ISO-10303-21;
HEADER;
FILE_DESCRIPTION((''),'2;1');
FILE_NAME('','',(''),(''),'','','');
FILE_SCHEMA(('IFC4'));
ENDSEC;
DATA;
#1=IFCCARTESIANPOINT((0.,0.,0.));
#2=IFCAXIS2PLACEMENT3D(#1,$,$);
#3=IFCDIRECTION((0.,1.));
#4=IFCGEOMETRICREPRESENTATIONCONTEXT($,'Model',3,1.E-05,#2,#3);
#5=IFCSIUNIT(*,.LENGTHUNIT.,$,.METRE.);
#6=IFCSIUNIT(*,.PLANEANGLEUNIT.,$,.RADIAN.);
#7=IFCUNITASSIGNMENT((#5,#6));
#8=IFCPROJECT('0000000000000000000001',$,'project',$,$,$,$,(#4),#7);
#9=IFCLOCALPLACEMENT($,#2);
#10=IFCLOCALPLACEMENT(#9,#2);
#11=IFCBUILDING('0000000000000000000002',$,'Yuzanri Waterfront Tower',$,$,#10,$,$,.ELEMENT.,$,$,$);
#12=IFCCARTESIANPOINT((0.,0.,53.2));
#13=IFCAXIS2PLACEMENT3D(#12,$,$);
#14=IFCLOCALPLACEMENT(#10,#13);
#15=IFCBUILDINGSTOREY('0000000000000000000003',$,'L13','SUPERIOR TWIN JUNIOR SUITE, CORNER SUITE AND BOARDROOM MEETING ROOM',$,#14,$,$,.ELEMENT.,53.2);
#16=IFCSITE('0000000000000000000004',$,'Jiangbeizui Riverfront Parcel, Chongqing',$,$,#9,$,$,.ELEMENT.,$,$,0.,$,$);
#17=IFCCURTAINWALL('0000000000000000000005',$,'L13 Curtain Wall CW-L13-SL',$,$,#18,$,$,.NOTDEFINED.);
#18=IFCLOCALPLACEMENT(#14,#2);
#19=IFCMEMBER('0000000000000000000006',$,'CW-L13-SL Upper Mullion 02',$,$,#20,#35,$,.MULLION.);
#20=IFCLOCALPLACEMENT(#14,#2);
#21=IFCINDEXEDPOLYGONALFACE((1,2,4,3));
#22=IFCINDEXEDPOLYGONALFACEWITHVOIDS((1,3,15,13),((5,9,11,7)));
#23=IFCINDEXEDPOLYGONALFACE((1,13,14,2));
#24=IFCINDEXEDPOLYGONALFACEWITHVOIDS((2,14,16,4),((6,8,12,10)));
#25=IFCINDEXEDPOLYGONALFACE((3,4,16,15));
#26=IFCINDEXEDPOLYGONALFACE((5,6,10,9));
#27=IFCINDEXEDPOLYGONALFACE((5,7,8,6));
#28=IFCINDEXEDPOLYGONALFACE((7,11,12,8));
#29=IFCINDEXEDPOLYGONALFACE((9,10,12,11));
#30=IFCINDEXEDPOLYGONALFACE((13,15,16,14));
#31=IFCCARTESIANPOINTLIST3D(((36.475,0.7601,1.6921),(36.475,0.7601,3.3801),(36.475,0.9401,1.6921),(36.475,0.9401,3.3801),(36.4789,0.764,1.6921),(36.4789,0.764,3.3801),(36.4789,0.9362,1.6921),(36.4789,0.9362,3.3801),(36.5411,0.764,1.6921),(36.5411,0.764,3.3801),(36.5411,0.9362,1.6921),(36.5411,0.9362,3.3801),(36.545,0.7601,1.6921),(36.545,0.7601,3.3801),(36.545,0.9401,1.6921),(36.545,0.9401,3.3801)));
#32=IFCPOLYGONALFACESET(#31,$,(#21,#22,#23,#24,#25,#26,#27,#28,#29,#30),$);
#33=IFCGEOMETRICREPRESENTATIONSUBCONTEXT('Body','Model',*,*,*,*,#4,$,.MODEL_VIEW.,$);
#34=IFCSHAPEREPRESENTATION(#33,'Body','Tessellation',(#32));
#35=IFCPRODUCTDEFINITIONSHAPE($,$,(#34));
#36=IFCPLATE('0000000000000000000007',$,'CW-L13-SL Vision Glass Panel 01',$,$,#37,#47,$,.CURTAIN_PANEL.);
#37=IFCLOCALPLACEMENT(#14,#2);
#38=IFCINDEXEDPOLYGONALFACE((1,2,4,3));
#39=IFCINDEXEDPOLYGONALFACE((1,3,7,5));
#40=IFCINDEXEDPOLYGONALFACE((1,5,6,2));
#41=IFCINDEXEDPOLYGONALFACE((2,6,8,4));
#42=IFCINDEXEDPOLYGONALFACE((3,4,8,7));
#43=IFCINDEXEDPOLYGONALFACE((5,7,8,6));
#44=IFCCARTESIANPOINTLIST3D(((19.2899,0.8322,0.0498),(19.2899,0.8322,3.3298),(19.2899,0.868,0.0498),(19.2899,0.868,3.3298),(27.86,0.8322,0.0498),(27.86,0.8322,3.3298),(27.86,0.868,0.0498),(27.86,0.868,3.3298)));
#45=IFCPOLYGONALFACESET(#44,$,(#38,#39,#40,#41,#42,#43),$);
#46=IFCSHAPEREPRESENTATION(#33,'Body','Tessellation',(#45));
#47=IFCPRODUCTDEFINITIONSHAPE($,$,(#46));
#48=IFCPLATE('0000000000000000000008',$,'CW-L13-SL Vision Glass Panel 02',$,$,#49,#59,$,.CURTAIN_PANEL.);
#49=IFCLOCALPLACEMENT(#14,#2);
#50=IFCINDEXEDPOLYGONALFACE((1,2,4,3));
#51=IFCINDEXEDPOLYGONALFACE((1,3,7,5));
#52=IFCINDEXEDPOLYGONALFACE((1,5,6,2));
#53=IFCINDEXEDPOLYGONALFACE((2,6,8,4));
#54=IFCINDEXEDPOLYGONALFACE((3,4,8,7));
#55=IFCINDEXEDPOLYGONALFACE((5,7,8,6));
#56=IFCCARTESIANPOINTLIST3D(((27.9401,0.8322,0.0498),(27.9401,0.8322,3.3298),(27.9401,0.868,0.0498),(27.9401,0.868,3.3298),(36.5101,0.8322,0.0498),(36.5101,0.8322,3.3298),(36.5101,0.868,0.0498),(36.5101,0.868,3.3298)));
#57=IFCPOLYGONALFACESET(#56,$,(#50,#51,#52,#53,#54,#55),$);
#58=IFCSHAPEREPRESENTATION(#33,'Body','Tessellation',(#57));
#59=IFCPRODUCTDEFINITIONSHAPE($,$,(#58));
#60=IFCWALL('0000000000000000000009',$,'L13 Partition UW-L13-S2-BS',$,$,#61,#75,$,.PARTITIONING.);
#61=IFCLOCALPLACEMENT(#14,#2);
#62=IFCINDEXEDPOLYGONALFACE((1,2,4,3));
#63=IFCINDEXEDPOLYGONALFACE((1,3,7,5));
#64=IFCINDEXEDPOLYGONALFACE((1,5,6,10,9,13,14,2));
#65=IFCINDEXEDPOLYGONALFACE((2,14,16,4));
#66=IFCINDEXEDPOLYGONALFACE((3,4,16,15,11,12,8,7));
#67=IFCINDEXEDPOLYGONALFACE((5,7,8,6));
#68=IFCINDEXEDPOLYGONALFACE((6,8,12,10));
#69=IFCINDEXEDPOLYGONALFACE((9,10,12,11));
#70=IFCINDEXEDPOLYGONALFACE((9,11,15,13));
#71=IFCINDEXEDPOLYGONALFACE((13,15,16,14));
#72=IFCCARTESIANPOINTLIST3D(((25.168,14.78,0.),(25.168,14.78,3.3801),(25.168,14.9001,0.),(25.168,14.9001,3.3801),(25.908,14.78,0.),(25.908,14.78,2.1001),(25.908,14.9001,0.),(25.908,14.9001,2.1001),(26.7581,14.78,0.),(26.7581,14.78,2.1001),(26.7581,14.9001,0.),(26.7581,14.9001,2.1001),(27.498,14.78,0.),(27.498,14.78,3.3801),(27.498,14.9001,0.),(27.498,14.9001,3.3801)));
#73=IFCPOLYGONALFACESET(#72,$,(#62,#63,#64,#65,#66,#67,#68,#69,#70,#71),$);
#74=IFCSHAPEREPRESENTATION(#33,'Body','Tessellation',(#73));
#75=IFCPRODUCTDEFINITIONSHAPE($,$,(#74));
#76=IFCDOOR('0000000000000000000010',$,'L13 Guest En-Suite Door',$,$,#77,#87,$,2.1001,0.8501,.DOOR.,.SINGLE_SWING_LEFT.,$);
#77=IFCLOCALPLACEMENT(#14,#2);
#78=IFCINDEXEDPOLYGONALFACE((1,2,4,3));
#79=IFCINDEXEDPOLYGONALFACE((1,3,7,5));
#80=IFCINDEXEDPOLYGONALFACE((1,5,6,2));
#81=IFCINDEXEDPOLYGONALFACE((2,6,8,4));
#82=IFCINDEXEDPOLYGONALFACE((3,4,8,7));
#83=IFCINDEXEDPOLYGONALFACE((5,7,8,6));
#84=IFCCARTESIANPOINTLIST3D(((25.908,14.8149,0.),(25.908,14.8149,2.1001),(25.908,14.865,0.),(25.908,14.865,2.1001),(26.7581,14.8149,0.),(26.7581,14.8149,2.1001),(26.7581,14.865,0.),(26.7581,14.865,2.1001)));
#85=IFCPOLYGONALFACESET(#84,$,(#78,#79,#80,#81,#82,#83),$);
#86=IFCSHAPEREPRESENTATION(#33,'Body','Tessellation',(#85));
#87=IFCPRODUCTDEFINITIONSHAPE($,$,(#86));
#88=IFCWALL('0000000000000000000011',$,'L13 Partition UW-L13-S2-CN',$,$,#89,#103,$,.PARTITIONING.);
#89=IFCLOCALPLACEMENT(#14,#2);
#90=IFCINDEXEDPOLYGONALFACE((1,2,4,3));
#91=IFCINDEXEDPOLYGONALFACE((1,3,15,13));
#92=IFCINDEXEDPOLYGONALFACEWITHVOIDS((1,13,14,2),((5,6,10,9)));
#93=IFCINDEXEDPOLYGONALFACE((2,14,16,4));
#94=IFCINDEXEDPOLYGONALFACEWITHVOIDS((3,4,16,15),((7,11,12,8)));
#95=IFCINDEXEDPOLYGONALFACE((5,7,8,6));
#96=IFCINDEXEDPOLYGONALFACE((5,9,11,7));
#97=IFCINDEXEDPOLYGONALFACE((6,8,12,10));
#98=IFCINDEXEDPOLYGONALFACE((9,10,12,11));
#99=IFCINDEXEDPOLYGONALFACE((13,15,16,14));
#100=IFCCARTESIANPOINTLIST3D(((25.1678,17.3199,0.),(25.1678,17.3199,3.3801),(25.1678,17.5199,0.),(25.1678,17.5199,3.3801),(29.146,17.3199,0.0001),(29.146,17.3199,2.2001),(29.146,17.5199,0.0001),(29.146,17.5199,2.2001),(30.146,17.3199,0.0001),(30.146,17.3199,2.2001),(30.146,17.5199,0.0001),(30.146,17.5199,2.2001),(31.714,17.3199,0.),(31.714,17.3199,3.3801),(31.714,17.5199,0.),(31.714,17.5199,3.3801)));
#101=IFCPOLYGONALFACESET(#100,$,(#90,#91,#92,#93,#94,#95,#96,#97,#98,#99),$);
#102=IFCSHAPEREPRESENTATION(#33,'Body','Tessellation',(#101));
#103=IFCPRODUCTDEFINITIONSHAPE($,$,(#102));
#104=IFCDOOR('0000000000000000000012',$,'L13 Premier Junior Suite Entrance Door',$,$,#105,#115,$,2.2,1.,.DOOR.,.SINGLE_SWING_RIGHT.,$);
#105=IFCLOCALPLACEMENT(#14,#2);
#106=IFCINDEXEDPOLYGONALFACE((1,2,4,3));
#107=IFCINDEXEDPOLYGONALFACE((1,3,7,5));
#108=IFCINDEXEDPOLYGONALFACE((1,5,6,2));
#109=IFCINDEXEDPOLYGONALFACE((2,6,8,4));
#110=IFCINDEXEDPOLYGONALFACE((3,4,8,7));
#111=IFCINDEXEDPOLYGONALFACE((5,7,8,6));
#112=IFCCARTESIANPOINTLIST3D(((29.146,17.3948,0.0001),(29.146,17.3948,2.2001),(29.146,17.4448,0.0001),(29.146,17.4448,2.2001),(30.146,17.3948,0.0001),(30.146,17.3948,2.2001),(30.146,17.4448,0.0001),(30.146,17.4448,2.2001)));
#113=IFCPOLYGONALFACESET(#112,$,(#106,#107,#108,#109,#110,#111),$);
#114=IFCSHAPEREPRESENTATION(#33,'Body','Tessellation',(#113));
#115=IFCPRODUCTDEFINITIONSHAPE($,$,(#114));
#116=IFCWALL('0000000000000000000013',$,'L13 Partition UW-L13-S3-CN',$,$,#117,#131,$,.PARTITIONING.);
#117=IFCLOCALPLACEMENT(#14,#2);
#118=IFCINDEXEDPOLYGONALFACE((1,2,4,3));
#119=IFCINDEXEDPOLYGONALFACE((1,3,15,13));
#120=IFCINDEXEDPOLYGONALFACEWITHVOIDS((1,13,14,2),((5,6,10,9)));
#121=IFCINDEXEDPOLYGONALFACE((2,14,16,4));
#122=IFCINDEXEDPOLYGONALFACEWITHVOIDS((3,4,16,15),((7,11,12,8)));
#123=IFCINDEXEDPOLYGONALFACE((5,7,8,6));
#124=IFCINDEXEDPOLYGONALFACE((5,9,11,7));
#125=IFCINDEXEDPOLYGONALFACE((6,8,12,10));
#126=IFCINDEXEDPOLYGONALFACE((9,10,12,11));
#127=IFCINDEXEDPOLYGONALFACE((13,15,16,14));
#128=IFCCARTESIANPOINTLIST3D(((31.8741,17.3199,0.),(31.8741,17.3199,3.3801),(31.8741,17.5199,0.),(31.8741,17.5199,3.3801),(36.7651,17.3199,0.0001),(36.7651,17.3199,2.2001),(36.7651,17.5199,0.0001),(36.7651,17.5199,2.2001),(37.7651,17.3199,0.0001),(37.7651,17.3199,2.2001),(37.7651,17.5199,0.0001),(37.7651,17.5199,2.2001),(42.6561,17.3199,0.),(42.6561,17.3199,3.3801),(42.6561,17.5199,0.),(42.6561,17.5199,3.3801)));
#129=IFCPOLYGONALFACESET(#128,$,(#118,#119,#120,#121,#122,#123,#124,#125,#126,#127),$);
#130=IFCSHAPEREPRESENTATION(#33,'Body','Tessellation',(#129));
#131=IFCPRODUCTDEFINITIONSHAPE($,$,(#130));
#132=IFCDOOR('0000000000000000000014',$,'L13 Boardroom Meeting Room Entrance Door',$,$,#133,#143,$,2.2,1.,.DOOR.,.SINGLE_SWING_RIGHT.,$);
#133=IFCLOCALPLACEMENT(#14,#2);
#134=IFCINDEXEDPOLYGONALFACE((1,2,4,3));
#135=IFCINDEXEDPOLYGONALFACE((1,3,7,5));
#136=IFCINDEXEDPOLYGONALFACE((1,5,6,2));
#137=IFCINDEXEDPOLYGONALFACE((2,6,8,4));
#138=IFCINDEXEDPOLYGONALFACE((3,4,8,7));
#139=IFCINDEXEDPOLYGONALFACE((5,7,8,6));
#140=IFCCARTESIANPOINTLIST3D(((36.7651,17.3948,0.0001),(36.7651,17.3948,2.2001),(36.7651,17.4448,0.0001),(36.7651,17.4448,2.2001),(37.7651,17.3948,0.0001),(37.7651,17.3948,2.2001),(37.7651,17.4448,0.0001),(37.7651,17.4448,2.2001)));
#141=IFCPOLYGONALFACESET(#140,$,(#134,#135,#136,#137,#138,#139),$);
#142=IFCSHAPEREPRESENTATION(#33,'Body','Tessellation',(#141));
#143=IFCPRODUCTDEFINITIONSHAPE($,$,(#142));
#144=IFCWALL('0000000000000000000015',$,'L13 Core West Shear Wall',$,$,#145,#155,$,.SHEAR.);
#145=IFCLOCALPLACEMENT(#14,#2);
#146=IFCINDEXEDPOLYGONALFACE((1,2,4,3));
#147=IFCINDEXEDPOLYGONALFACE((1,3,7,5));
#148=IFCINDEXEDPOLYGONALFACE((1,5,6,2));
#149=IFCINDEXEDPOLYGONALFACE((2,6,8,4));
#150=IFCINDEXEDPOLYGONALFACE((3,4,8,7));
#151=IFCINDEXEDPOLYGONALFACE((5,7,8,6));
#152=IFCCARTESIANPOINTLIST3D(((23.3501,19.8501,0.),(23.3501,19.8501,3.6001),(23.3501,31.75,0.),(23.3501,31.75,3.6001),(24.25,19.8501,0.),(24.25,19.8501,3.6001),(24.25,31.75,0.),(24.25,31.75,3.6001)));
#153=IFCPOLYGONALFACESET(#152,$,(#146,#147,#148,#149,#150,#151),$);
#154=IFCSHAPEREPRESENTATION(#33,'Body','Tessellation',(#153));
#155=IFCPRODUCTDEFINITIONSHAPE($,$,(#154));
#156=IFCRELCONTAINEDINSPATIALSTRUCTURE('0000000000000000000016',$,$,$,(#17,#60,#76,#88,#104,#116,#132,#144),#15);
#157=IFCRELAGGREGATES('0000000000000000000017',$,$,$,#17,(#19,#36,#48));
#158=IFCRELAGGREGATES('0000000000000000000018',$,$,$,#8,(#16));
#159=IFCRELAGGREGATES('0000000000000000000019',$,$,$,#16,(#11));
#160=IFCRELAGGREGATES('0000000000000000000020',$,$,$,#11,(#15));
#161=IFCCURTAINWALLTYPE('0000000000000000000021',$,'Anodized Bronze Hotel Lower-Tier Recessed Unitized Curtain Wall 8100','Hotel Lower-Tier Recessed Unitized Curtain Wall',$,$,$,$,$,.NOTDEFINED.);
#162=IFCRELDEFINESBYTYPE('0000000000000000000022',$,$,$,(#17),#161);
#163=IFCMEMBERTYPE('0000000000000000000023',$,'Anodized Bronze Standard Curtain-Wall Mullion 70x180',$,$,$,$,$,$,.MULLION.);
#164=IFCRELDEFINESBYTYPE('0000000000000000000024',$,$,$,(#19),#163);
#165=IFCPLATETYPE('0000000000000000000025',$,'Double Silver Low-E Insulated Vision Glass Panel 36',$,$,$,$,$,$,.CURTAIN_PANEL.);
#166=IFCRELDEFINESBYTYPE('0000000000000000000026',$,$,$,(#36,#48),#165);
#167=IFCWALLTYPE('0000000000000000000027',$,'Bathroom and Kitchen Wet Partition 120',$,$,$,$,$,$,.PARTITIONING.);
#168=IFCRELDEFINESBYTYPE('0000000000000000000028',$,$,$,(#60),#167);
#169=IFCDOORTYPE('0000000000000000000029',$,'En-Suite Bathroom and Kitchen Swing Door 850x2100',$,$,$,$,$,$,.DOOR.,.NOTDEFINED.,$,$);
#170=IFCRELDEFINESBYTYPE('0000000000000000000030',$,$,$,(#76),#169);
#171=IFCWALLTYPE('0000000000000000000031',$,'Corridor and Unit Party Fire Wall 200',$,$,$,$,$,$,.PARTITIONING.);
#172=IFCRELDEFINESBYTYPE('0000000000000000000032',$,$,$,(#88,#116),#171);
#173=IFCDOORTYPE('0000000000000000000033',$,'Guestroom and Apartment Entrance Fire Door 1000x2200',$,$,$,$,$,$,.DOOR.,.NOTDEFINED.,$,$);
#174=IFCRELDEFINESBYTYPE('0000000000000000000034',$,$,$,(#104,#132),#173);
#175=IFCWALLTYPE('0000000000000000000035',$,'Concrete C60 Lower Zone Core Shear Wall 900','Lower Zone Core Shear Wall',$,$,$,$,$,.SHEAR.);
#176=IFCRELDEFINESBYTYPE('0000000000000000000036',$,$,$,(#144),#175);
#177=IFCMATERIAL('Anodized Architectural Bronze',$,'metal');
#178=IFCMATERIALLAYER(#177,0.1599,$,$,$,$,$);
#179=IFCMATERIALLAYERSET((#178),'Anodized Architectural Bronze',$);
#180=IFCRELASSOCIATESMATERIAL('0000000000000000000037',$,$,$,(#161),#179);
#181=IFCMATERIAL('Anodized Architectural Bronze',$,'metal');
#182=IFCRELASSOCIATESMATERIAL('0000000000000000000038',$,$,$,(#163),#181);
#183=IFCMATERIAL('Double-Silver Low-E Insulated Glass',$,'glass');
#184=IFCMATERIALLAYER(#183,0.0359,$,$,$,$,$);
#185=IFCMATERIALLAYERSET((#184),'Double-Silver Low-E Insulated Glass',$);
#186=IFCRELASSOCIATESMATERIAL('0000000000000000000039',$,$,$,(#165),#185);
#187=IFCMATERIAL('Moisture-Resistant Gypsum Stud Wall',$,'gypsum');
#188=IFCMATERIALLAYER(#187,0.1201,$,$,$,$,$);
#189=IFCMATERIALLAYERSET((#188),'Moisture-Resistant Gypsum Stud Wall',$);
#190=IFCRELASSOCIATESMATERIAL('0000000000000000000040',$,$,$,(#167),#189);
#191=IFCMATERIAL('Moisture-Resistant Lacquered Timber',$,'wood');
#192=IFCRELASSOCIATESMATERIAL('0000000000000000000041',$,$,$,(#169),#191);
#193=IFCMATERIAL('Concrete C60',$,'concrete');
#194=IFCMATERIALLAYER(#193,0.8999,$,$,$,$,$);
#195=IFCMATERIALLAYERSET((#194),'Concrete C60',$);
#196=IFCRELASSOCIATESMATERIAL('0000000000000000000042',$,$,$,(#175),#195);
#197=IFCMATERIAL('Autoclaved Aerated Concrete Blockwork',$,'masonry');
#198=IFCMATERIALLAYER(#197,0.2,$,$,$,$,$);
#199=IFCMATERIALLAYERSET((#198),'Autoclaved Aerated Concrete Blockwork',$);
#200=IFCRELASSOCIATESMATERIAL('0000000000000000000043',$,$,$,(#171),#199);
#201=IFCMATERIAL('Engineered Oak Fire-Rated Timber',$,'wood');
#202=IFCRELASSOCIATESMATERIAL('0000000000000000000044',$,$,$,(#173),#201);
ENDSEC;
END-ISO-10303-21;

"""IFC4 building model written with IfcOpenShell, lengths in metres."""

from ifc_helpers import new_model, si_unit, direction, frame, frame_2d, origin, origin_2d, place, context, subcontext, project, spatial, rectangle, hollow_rectangle, extrude, source, transform, mapped, material, layer, layer_set, material_profile, profile_set, type_object, element, fill, aggregate, save


model = new_model("IFC4")

# Units and contexts
model_context = context("Model", 3, precision=1e-05, world=origin(), true_north=direction((0.0, 1.0)))
body_context = subcontext(model_context, "Body", "Model", "MODEL_VIEW")
ifc_project = project(units=[si_unit("LENGTHUNIT", "METRE"), si_unit("PLANEANGLEUNIT", "RADIAN")], contexts=[model_context])

# Site, building, storey
site_placement = place(None, origin())
site = spatial("IfcSite", under=ifc_project, at=site_placement, Name="Jiangbeizui Riverfront Parcel, Chongqing", CompositionType="ELEMENT", RefElevation=0.0)
building_placement = place(site_placement, origin())
building = spatial("IfcBuilding", under=site, at=building_placement, Name="Yuzanri Waterfront Tower", CompositionType="ELEMENT")
storey_placement = place(building_placement, frame((0.0, 0.0, 53.2)))
storey = spatial("IfcBuildingStorey", under=building, at=storey_placement, Name="L13", Description="SUPERIOR TWIN JUNIOR SUITE, CORNER SUITE AND BOARDROOM MEETING ROOM", CompositionType="ELEMENT", Elevation=53.2)

# Curtain wall, member, plates
ifc_material_1 = material(Name="Anodized Architectural Bronze", Category="metal")
ifc_layer_1 = layer(ifc_material_1, 0.1599)
ifc_layer_set_1 = layer_set([ifc_layer_1], Name="Anodized Architectural Bronze")
curtain_wall_type = type_object("IfcCurtainWallType", Name="Anodized Bronze Hotel Lower-Tier Recessed Unitized Curtain Wall 8100", Description="Hotel Lower-Tier Recessed Unitized Curtain Wall", PredefinedType="NOTDEFINED", material=ifc_layer_set_1)
curtain_wall_placement = place(storey_placement, origin())
curtain_wall = element("IfcCurtainWall", 1, at=curtain_wall_placement, inside=storey, type_object=curtain_wall_type, Name="L13 Curtain Wall CW-L13-SL", PredefinedType="NOTDEFINED")
ifc_material_2 = material(Name="Anodized Architectural Bronze", Category="metal")
ifc_material_profile_1 = material_profile(ifc_material_2, hollow_rectangle(XDim=0.0701, YDim=0.1799, WallThickness=0.0039, at=origin_2d()), Name="CWM 70x180")
ifc_profile_set_1 = profile_set([ifc_material_profile_1], Name="Anodized Architectural Bronze")
member_type = type_object("IfcMemberType", Name="Anodized Bronze Standard Curtain-Wall Mullion 70x180", PredefinedType="MULLION", material=ifc_profile_set_1)
shared_shape_1 = source(origin(), body_context, "Body", "SweptSolid", [
    extrude(hollow_rectangle(XDim=0.0701, YDim=0.1799, WallThickness=0.0039, at=origin_2d()), origin(), (0.0, 0.0, 1.0), 1.688),
])
member_1_placement = place(storey_placement, frame((36.51, 0.8501, 1.6921), z_axis=(0.0, 0.0, 1.0), x_axis=(1.0, 0.0, 0.0)))
member_1 = element("IfcMember", 2, at=member_1_placement, type_object=member_type, Name="CW-L13-SL Upper Mullion 02", PredefinedType="MULLION", context=body_context, shape_type="MappedRepresentation", body=[
    mapped(shared_shape_1, transform((0.0, 0.0, 0.0), scale=1.0)),
])
ifc_material_3 = material(Name="Double-Silver Low-E Insulated Glass", Category="glass")
ifc_layer_2 = layer(ifc_material_3, 0.0359)
ifc_layer_set_2 = layer_set([ifc_layer_2], Name="Double-Silver Low-E Insulated Glass")
plate_type = type_object("IfcPlateType", Name="Double Silver Low-E Insulated Vision Glass Panel 36", PredefinedType="CURTAIN_PANEL", material=ifc_layer_set_2)
shared_shape_2 = source(origin(), body_context, "Body", "SweptSolid", [
    extrude(rectangle(XDim=8.5701, YDim=0.0359, at=origin_2d()), origin(), (0.0, 0.0, 1.0), 3.28),
])
plate_1_placement = place(storey_placement, frame((23.575, 0.8501, 0.0498), z_axis=(0.0, 0.0, 1.0), x_axis=(1.0, 0.0, 0.0)))
plate_1 = element("IfcPlate", 3, at=plate_1_placement, type_object=plate_type, Name="CW-L13-SL Vision Glass Panel 01", PredefinedType="CURTAIN_PANEL", context=body_context, shape_type="MappedRepresentation", body=[
    mapped(shared_shape_2, transform((0.0, 0.0, 0.0), scale=1.0)),
])
plate_2_placement = place(storey_placement, frame((32.2251, 0.8501, 0.0498), z_axis=(0.0, 0.0, 1.0), x_axis=(1.0, 0.0, 0.0)))
plate_2 = element("IfcPlate", 4, at=plate_2_placement, type_object=plate_type, Name="CW-L13-SL Vision Glass Panel 02", PredefinedType="CURTAIN_PANEL", context=body_context, shape_type="MappedRepresentation", body=[
    mapped(shared_shape_2, transform((0.0, 0.0, 0.0), scale=1.0)),
])
aggregate(curtain_wall, [member_1, plate_1, plate_2])

# Wall, opening, door
ifc_material_4 = material(Name="Moisture-Resistant Gypsum Stud Wall", Category="gypsum")
ifc_layer_3 = layer(ifc_material_4, 0.1201)
ifc_layer_set_3 = layer_set([ifc_layer_3], Name="Moisture-Resistant Gypsum Stud Wall")
wall_type_1 = type_object("IfcWallType", Name="Bathroom and Kitchen Wet Partition 120", PredefinedType="PARTITIONING", material=ifc_layer_set_3)
wall_1_placement = place(storey_placement, frame((25.168, 14.8401, 0.0), z_axis=(0.0, 0.0, 1.0), x_axis=(1.0, 0.0, 0.0)))
wall_1 = element("IfcWall", 5, at=wall_1_placement, inside=storey, type_object=wall_type_1, Name="L13 Partition UW-L13-S2-BS", PredefinedType="PARTITIONING", context=body_context, shape_type="SweptSolid", body=[
    extrude(rectangle(XDim=2.3301, YDim=0.1201, at=frame_2d((1.165, 0.0))), origin(), (0.0, 0.0, 1.0), 3.3801),
])
opening_1_placement = place(wall_1_placement, frame((0.74, 0.0, 0.0)))
opening_1 = element("IfcOpeningElement", 6, at=opening_1_placement, cuts=wall_1, PredefinedType="OPENING", context=body_context, shape_type="SweptSolid", body=[
    extrude(rectangle(XDim=0.8501, YDim=2.1001, at=frame_2d((0.425, 1.05))), frame((0.0, 0.075, 0.0), z_axis=(0.0, -1.0, 0.0), x_axis=(1.0, 0.0, 0.0)), (0.0, 0.0, 1.0), 0.1499),
])
ifc_material_5 = material(Name="Moisture-Resistant Lacquered Timber", Category="wood")
door_type_1 = type_object("IfcDoorType", Name="En-Suite Bathroom and Kitchen Swing Door 850x2100", OperationType="NOTDEFINED", PredefinedType="DOOR", material=ifc_material_5)
shared_shape_3 = source(origin(), body_context, "Body", "SweptSolid", [
    extrude(rectangle(XDim=0.8501, YDim=2.1001, at=frame_2d((0.425, 1.05))), frame((0.0, 0.0249, 0.0), z_axis=(0.0, -1.0, 0.0), x_axis=(1.0, 0.0, 0.0)), (0.0, 0.0, 1.0), 0.05),
])
door_1_placement = place(opening_1_placement, origin())
door_1 = element("IfcDoor", 7, at=door_1_placement, inside=storey, type_object=door_type_1, Name="L13 Guest En-Suite Door", OperationType="SINGLE_SWING_LEFT", OverallHeight=2.1001, OverallWidth=0.8501, PredefinedType="DOOR", context=body_context, shape_type="MappedRepresentation", body=[
    mapped(shared_shape_3, transform((0.0, 0.0, 0.0), scale=1.0)),
])
fill(opening_1, door_1)

# Shared definitions
ifc_material_6 = material(Name="Concrete C60", Category="concrete")
ifc_layer_4 = layer(ifc_material_6, 0.8999)
ifc_layer_set_4 = layer_set([ifc_layer_4], Name="Concrete C60")
wall_type_2 = type_object("IfcWallType", Name="Concrete C60 Lower Zone Core Shear Wall 900", Description="Lower Zone Core Shear Wall", PredefinedType="SHEAR", material=ifc_layer_set_4)

# Walls, openings, doors
ifc_material_7 = material(Name="Autoclaved Aerated Concrete Blockwork", Category="masonry")
ifc_layer_5 = layer(ifc_material_7, 0.2)
ifc_layer_set_5 = layer_set([ifc_layer_5], Name="Autoclaved Aerated Concrete Blockwork")
wall_type_3 = type_object("IfcWallType", Name="Corridor and Unit Party Fire Wall 200", PredefinedType="PARTITIONING", material=ifc_layer_set_5)
wall_2_placement = place(storey_placement, frame((25.168, 17.4199, 0.0), z_axis=(0.0, 0.0, 1.0), x_axis=(1.0, 0.0, 0.0)))
wall_2 = element("IfcWall", 8, at=wall_2_placement, inside=storey, type_object=wall_type_3, Name="L13 Partition UW-L13-S2-CN", PredefinedType="PARTITIONING", context=body_context, shape_type="SweptSolid", body=[
    extrude(rectangle(XDim=6.5461, YDim=0.2, at=frame_2d((3.2729, 0.0))), origin(), (0.0, 0.0, 1.0), 3.3801),
])
opening_2_placement = place(wall_2_placement, frame((3.978, 0.0, 0.0)))
opening_2 = element("IfcOpeningElement", 9, at=opening_2_placement, cuts=wall_2, PredefinedType="OPENING", context=body_context, shape_type="SweptSolid", body=[
    extrude(rectangle(XDim=1.0, YDim=2.2, at=frame_2d((0.5, 1.1001))), frame((0.0, 0.1147, 0.0), z_axis=(0.0, -1.0, 0.0), x_axis=(1.0, 0.0, 0.0)), (0.0, 0.0, 1.0), 0.2297),
])
ifc_material_8 = material(Name="Engineered Oak Fire-Rated Timber", Category="wood")
door_type_2 = type_object("IfcDoorType", Name="Guestroom and Apartment Entrance Fire Door 1000x2200", OperationType="NOTDEFINED", PredefinedType="DOOR", material=ifc_material_8)
shared_shape_4 = source(origin(), body_context, "Body", "SweptSolid", [
    extrude(rectangle(XDim=1.0, YDim=2.2, at=frame_2d((0.5, 1.1001))), frame((0.0, 0.0249, 0.0), z_axis=(0.0, -1.0, 0.0), x_axis=(1.0, 0.0, 0.0)), (0.0, 0.0, 1.0), 0.05),
])
door_2_placement = place(opening_2_placement, origin())
door_2 = element("IfcDoor", 10, at=door_2_placement, inside=storey, type_object=door_type_2, Name="L13 Premier Junior Suite Entrance Door", OperationType="SINGLE_SWING_RIGHT", OverallHeight=2.2, OverallWidth=1.0, PredefinedType="DOOR", context=body_context, shape_type="MappedRepresentation", body=[
    mapped(shared_shape_4, transform((0.0, 0.0, 0.0), scale=1.0)),
])
fill(opening_2, door_2)
wall_3_placement = place(storey_placement, frame((31.874, 17.4199, 0.0), z_axis=(0.0, 0.0, 1.0), x_axis=(1.0, 0.0, 0.0)))
wall_3 = element("IfcWall", 11, at=wall_3_placement, inside=storey, type_object=wall_type_3, Name="L13 Partition UW-L13-S3-CN", PredefinedType="PARTITIONING", context=body_context, shape_type="SweptSolid", body=[
    extrude(rectangle(XDim=10.782, YDim=0.2, at=frame_2d((5.3911, 0.0))), origin(), (0.0, 0.0, 1.0), 3.3801),
])
opening_3_placement = place(wall_3_placement, frame((4.8911, 0.0, 0.0)))
opening_3 = element("IfcOpeningElement", 12, at=opening_3_placement, cuts=wall_3, PredefinedType="OPENING", context=body_context, shape_type="SweptSolid", body=[
    extrude(rectangle(XDim=1.0, YDim=2.2, at=frame_2d((0.5, 1.1001))), frame((0.0, 0.1147, 0.0), z_axis=(0.0, -1.0, 0.0), x_axis=(1.0, 0.0, 0.0)), (0.0, 0.0, 1.0), 0.2297),
])
door_3_placement = place(opening_3_placement, origin())
door_3 = element("IfcDoor", 13, at=door_3_placement, inside=storey, type_object=door_type_2, Name="L13 Boardroom Meeting Room Entrance Door", OperationType="SINGLE_SWING_RIGHT", OverallHeight=2.2, OverallWidth=1.0, PredefinedType="DOOR", context=body_context, shape_type="MappedRepresentation", body=[
    mapped(shared_shape_4, transform((0.0, 0.0, 0.0), scale=1.0)),
])
fill(opening_3, door_3)

# Wall
shared_shape_5 = source(origin(), body_context, "Body", "SweptSolid", [
    extrude(rectangle(XDim=11.8999, YDim=0.8999, at=frame_2d((5.95, 0.0))), origin(), (0.0, 0.0, 1.0), 3.6001),
])
wall_4_placement = place(storey_placement, frame((23.8, 19.8501, 0.0), z_axis=(0.0, 0.0, 1.0), x_axis=(0.0, 1.0, 0.0)))
element("IfcWall", 14, at=wall_4_placement, inside=storey, type_object=wall_type_2, Name="L13 Core West Shear Wall", PredefinedType="SHEAR", context=body_context, shape_type="MappedRepresentation", body=[
    mapped(shared_shape_5, transform((0.0, 0.0, 0.0), scale=1.0)),
])

save(model, "model.ifc")
